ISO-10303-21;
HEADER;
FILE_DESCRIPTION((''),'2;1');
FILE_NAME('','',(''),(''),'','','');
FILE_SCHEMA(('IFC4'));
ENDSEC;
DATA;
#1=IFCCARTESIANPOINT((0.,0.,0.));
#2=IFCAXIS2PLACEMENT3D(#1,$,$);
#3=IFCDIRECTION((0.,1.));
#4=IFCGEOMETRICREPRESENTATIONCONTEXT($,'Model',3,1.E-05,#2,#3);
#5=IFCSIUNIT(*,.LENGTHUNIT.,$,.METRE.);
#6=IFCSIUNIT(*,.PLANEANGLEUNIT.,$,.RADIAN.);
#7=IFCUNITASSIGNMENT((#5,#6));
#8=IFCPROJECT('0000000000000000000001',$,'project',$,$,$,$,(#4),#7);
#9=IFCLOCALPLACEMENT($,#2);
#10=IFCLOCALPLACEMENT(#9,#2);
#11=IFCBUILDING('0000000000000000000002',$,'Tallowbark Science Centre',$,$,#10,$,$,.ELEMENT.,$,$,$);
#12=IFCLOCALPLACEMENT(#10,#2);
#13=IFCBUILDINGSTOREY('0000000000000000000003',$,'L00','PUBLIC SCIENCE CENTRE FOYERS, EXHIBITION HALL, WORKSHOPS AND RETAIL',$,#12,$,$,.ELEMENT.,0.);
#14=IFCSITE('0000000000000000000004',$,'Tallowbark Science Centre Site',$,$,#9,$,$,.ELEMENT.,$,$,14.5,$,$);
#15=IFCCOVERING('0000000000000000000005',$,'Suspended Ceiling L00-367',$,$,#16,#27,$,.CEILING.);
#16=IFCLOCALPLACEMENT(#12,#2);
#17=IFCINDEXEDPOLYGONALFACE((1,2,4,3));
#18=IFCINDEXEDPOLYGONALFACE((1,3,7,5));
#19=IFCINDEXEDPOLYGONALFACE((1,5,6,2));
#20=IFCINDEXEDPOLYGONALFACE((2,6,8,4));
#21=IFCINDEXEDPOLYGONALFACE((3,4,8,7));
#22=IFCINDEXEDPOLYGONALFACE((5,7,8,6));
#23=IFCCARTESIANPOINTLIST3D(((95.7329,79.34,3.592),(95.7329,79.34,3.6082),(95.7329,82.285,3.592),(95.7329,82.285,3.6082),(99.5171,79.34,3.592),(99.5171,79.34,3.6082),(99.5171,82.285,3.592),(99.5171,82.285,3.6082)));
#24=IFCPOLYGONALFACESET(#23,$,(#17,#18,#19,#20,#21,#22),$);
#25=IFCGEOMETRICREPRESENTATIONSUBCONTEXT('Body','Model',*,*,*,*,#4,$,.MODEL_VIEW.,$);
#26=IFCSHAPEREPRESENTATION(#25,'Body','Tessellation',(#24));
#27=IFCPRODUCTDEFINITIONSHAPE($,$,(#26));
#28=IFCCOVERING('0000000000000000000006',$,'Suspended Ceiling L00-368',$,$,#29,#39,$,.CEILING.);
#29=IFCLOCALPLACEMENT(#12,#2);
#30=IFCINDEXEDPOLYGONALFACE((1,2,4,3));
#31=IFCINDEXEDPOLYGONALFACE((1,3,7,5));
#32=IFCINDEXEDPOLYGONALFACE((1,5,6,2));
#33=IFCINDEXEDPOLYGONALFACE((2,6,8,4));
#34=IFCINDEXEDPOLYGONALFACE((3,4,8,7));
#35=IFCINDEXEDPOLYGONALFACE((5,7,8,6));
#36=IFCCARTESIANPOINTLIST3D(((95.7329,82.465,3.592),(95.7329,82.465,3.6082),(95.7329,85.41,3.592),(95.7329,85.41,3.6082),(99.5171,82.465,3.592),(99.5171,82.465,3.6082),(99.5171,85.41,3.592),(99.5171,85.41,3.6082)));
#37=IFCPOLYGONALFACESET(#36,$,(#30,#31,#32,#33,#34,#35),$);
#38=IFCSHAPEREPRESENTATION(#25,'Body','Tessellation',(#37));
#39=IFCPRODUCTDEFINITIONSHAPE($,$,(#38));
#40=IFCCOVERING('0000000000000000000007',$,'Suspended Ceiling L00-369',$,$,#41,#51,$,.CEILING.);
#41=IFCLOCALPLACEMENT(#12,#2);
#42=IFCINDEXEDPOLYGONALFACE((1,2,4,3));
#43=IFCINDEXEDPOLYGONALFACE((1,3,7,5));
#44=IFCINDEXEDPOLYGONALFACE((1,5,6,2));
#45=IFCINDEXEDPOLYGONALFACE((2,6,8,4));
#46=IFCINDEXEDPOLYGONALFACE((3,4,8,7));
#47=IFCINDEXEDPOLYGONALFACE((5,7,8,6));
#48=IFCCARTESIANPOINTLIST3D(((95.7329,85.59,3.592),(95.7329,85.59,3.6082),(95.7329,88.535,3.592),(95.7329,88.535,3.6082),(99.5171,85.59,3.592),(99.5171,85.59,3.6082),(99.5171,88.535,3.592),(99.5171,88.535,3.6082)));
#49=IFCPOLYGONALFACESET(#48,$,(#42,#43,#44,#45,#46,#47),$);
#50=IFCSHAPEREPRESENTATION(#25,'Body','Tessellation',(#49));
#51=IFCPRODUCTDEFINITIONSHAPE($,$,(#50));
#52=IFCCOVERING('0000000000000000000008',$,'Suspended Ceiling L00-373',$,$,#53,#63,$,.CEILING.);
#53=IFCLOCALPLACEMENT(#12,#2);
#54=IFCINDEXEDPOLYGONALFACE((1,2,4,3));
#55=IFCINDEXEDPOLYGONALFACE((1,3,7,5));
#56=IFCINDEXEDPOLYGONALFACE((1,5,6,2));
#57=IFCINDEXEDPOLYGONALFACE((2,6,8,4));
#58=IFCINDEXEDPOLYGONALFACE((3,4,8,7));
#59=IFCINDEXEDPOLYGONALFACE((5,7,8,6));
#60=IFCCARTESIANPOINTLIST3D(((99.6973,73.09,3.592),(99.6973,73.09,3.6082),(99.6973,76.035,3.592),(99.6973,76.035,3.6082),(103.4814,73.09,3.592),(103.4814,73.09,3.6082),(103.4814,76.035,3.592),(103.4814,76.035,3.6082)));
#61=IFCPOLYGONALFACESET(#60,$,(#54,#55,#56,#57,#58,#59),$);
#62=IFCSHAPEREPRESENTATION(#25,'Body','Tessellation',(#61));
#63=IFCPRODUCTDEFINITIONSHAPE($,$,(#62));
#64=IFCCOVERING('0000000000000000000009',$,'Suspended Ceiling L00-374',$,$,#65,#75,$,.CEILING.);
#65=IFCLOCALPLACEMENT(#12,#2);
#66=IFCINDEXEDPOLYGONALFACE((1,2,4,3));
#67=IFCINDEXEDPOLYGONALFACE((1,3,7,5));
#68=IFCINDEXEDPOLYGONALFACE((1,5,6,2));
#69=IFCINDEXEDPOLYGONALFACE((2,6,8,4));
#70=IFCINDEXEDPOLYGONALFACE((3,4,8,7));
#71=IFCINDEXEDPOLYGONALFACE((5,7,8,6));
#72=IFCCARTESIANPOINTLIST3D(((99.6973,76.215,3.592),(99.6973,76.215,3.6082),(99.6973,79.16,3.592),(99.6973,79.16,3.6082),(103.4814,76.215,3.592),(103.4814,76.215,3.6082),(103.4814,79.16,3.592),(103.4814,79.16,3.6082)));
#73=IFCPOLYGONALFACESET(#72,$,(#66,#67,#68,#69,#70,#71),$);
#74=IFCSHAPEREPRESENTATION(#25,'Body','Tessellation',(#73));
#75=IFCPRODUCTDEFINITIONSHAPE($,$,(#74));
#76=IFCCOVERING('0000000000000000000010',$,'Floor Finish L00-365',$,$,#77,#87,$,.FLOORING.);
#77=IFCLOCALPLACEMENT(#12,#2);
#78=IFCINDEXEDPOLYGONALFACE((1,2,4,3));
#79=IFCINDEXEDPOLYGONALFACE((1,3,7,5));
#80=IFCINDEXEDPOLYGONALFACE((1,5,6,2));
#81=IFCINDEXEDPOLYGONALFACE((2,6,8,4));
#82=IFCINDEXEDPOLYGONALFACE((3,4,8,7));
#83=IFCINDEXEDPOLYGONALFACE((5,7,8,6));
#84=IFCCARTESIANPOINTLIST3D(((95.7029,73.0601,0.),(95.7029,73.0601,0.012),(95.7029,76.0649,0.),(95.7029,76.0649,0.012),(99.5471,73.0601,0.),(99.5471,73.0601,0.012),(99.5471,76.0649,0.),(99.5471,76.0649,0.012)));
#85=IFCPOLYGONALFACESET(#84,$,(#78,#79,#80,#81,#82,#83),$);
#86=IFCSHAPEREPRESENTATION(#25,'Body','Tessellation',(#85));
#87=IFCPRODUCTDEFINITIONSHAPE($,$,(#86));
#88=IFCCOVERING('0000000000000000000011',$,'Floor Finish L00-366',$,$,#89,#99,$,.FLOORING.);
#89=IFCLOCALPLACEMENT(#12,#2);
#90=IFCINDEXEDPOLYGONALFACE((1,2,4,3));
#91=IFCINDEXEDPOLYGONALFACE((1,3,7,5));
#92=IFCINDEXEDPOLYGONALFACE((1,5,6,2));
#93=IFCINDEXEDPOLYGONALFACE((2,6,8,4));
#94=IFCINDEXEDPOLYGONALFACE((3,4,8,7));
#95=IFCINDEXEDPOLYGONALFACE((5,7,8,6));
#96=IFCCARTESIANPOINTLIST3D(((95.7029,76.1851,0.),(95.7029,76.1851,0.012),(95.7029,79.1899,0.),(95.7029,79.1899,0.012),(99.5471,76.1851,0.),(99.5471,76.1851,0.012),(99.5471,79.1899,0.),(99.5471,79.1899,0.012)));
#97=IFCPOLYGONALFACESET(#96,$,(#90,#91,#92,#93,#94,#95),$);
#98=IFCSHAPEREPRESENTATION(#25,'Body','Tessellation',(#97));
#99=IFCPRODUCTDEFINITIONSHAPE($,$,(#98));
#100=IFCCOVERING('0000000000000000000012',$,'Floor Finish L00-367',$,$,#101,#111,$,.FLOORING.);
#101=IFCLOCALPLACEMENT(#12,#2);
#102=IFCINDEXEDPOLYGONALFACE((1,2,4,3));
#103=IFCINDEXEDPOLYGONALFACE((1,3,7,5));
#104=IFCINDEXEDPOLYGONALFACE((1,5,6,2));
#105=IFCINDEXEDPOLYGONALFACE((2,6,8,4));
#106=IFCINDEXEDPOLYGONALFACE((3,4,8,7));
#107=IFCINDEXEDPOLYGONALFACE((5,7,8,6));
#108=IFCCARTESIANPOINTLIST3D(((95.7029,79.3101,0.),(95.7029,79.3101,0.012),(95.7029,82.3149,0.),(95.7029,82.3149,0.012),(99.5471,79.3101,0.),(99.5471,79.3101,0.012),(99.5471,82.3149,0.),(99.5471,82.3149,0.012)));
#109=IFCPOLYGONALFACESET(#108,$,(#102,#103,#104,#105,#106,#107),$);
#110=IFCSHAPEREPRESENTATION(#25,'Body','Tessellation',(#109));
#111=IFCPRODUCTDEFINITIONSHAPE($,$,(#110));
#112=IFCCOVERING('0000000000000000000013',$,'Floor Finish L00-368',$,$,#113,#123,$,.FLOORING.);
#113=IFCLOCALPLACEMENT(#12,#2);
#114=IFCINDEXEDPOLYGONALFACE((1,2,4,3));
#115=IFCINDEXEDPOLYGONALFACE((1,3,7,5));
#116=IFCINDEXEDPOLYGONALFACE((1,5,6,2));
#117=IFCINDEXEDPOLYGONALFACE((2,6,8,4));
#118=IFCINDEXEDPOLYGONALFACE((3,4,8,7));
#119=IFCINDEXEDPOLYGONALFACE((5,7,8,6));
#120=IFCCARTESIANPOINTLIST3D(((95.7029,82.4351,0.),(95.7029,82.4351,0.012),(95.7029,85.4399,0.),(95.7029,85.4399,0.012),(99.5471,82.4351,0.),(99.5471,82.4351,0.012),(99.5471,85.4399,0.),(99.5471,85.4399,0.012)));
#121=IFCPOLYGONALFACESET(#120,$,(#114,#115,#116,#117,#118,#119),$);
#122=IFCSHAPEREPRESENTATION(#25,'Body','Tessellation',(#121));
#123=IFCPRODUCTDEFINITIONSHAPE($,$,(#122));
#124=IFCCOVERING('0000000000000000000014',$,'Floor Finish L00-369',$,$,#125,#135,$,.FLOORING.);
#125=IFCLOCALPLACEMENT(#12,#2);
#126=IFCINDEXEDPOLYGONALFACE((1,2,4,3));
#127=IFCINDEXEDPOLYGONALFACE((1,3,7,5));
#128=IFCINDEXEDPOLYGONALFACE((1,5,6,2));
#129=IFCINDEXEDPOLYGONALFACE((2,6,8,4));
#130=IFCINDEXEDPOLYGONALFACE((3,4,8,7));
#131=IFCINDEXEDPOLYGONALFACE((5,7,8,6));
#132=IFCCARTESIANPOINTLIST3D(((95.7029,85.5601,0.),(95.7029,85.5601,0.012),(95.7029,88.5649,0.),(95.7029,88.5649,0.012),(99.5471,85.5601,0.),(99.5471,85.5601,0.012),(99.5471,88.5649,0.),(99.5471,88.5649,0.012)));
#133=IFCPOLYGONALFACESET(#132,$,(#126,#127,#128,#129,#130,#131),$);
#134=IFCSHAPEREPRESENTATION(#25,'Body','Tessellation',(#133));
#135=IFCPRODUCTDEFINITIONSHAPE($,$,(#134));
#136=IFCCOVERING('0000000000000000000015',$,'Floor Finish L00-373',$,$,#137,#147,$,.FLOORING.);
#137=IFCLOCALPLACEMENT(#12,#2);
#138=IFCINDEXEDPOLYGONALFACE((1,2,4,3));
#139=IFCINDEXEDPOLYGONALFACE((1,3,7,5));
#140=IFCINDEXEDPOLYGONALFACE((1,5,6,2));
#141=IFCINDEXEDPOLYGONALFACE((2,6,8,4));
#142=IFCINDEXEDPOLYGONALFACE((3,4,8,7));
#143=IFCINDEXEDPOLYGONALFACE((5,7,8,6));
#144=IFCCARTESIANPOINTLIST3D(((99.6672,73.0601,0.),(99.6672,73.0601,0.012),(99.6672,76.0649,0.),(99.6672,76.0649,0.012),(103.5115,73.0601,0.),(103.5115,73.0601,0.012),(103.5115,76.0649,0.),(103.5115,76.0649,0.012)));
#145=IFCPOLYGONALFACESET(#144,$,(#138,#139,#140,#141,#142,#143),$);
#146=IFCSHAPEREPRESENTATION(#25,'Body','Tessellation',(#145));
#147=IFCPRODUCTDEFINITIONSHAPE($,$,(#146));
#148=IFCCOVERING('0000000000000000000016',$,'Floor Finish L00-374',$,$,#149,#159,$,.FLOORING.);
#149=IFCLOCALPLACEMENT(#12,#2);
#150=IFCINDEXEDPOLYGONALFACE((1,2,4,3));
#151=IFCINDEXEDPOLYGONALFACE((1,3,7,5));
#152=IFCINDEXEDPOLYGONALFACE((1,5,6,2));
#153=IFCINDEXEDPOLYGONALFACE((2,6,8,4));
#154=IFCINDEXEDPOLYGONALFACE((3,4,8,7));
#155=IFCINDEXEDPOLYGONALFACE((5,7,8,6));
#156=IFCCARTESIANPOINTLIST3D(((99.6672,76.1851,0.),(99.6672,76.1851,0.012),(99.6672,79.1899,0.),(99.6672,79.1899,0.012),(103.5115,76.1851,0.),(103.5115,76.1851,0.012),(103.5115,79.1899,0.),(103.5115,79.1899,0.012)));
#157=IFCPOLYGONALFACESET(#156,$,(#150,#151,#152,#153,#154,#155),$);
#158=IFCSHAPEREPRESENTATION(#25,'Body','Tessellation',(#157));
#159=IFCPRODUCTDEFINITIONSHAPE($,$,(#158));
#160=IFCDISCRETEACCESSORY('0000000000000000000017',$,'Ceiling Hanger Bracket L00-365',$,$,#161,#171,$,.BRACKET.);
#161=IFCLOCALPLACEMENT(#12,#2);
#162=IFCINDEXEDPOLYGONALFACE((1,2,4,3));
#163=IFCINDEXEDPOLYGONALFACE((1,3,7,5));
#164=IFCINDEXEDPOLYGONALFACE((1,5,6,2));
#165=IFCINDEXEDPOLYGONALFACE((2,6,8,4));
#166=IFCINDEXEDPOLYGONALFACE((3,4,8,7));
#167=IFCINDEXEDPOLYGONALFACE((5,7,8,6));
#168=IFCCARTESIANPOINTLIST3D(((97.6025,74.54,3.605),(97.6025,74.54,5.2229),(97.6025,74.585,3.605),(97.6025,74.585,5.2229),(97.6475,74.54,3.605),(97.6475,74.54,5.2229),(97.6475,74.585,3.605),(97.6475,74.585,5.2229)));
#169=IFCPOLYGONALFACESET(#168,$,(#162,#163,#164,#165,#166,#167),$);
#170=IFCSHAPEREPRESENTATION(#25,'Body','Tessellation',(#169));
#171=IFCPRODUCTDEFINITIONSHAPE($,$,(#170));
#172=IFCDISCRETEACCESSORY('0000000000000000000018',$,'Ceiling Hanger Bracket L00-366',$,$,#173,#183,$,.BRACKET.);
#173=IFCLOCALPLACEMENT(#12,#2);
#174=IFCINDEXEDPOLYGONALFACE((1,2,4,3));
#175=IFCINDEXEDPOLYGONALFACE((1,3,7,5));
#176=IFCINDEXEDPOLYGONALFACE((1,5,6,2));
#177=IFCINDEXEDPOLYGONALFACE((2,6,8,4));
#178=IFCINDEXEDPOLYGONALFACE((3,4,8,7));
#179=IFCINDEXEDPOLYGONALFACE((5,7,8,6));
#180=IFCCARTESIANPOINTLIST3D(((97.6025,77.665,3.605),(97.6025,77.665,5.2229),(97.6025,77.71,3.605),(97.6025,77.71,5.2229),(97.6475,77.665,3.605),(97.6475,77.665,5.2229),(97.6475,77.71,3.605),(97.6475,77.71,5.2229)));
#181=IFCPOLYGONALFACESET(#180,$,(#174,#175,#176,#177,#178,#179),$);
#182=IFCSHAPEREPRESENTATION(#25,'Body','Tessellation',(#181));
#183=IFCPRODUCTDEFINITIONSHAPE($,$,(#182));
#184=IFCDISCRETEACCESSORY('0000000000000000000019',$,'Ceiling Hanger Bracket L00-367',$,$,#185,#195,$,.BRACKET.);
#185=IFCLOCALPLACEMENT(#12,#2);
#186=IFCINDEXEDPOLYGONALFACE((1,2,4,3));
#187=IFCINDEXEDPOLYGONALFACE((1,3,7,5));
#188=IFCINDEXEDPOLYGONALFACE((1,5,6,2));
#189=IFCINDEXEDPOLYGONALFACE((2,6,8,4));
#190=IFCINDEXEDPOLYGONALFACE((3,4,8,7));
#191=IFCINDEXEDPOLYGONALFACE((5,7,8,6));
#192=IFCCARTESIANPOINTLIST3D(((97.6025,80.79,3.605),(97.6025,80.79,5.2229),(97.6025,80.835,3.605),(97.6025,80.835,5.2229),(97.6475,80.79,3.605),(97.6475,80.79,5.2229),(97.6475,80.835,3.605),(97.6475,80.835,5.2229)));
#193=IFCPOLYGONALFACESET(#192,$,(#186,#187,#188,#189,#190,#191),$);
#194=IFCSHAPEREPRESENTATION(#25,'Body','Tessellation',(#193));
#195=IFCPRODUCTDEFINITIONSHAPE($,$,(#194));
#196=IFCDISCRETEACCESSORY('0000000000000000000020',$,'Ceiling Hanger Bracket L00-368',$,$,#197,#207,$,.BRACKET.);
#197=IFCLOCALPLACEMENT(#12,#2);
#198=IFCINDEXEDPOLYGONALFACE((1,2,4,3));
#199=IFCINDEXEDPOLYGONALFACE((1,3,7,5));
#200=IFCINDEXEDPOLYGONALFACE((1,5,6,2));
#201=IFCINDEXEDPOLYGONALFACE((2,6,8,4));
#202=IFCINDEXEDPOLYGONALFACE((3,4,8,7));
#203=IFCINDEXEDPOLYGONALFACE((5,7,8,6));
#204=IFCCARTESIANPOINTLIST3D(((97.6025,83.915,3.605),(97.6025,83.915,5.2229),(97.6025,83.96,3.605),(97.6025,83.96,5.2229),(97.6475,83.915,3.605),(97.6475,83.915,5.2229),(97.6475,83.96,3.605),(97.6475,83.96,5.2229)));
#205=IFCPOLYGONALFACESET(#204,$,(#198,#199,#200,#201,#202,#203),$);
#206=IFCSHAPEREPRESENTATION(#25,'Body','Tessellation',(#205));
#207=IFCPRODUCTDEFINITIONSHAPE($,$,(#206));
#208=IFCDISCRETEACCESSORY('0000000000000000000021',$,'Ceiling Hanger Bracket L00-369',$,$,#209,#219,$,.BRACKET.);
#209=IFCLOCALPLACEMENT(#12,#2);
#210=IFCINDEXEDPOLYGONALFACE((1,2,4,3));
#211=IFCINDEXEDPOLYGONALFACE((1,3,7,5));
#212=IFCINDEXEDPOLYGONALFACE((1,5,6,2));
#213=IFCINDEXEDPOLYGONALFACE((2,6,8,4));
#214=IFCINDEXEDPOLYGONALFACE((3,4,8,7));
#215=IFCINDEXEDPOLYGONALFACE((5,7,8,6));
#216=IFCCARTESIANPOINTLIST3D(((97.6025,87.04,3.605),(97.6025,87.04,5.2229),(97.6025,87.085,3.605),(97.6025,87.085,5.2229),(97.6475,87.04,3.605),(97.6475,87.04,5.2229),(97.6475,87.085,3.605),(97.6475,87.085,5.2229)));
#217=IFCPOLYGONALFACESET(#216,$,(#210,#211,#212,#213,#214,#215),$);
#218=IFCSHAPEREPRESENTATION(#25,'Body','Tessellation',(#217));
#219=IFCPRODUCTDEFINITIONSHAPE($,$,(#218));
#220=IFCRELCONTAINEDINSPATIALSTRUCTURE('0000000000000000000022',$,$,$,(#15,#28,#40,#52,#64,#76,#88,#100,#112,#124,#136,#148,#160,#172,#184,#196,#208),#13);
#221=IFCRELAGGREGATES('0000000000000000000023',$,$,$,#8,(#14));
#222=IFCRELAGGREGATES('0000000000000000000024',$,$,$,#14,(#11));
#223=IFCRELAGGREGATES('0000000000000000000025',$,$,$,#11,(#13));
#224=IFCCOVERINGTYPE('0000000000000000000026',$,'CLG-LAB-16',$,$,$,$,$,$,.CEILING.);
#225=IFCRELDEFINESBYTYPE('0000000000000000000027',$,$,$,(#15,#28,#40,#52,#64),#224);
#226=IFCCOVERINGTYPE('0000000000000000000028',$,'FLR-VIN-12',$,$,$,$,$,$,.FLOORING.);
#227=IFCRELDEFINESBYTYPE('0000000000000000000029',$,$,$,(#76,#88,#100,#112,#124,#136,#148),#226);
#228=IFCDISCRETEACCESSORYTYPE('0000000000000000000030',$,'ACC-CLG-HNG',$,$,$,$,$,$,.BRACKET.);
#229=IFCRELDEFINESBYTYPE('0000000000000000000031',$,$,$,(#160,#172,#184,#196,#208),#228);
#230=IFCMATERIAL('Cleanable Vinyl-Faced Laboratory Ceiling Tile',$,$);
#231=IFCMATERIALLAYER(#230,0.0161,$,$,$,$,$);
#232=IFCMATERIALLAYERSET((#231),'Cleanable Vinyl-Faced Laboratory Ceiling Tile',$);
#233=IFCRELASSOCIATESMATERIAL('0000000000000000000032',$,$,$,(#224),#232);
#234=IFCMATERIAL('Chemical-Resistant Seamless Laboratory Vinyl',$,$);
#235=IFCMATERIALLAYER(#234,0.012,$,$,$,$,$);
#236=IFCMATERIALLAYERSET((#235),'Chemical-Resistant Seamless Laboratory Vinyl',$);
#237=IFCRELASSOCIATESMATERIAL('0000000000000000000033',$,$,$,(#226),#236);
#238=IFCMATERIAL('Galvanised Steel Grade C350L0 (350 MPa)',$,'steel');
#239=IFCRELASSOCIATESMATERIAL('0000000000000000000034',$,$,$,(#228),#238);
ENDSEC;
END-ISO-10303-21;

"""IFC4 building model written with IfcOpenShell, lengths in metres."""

from ifc_helpers import new_model, si_unit, direction, frame, origin, origin_2d, place, context, subcontext, project, spatial, rectangle, extrude, material, layer, layer_set, type_object, element, save


model = new_model("IFC4")

# Units and contexts
model_context = context("Model", 3, precision=1e-05, world=origin(), true_north=direction((0.0, 1.0)))
body_context = subcontext(model_context, "Body", "Model", "MODEL_VIEW")
ifc_project = project(units=[si_unit("LENGTHUNIT", "METRE"), si_unit("PLANEANGLEUNIT", "RADIAN")], contexts=[model_context])

# Site, building, storey
site_placement = place(None, origin())
site = spatial("IfcSite", under=ifc_project, at=site_placement, Name="Tallowbark Science Centre Site", CompositionType="ELEMENT", RefElevation=14.5)
building_placement = place(site_placement, origin())
building = spatial("IfcBuilding", under=site, at=building_placement, Name="Tallowbark Science Centre", CompositionType="ELEMENT")
storey_placement = place(building_placement, origin())
storey = spatial("IfcBuildingStorey", under=building, at=storey_placement, Name="L00", Description="PUBLIC SCIENCE CENTRE FOYERS, EXHIBITION HALL, WORKSHOPS AND RETAIL", CompositionType="ELEMENT", Elevation=0.0)

# Coverings
ifc_material_1 = material(Name="Cleanable Vinyl-Faced Laboratory Ceiling Tile")
ifc_layer_1 = layer(ifc_material_1, 0.0161)
ifc_layer_set_1 = layer_set([ifc_layer_1], Name="Cleanable Vinyl-Faced Laboratory Ceiling Tile")
covering_type_1 = type_object("IfcCoveringType", Name="CLG-LAB-16", PredefinedType="CEILING", material=ifc_layer_set_1)
for number, where, z_axis, x_axis, name in (
    (1, (97.625, 80.8125, 3.592), (0.0, 0.0, 1.0), (1.0, 0.0, 0.0), "Suspended Ceiling L00-367"),
    (2, (97.625, 83.9375, 3.592), (0.0, 0.0, 1.0), (1.0, 0.0, 0.0), "Suspended Ceiling L00-368"),
    (3, (97.625, 87.0625, 3.592), (0.0, 0.0, 1.0), (1.0, 0.0, 0.0), "Suspended Ceiling L00-369"),
    (4, (101.5894, 74.5625, 3.592), (0.0, 0.0, 1.0), (1.0, 0.0, 0.0), "Suspended Ceiling L00-373"),
    (5, (101.5894, 77.6875, 3.592), (0.0, 0.0, 1.0), (1.0, 0.0, 0.0), "Suspended Ceiling L00-374"),
):
    element("IfcCovering", number, at=place(storey_placement, frame(where, z_axis=z_axis, x_axis=x_axis)), inside=storey, type_object=covering_type_1, Name=name, PredefinedType="CEILING", context=body_context, shape_type="SweptSolid", body=[
        extrude(rectangle(XDim=3.7842, YDim=2.9451, at=origin_2d()), origin(), (0.0, 0.0, 1.0), 0.0161),
    ])
ifc_material_2 = material(Name="Chemical-Resistant Seamless Laboratory Vinyl")
ifc_layer_2 = layer(ifc_material_2, 0.012)
ifc_layer_set_2 = layer_set([ifc_layer_2], Name="Chemical-Resistant Seamless Laboratory Vinyl")
covering_type_2 = type_object("IfcCoveringType", Name="FLR-VIN-12", PredefinedType="FLOORING", material=ifc_layer_set_2)
for number, where, z_axis, x_axis, name in (
    (6, (97.625, 74.5625, 0.0), (0.0, 0.0, 1.0), (1.0, 0.0, 0.0), "Floor Finish L00-365"),
    (7, (97.625, 77.6875, 0.0), (0.0, 0.0, 1.0), (1.0, 0.0, 0.0), "Floor Finish L00-366"),
    (8, (97.625, 80.8125, 0.0), (0.0, 0.0, 1.0), (1.0, 0.0, 0.0), "Floor Finish L00-367"),
    (9, (97.625, 83.9375, 0.0), (0.0, 0.0, 1.0), (1.0, 0.0, 0.0), "Floor Finish L00-368"),
    (10, (97.625, 87.0625, 0.0), (0.0, 0.0, 1.0), (1.0, 0.0, 0.0), "Floor Finish L00-369"),
    (11, (101.5894, 74.5625, 0.0), (0.0, 0.0, 1.0), (1.0, 0.0, 0.0), "Floor Finish L00-373"),
    (12, (101.5894, 77.6875, 0.0), (0.0, 0.0, 1.0), (1.0, 0.0, 0.0), "Floor Finish L00-374"),
):
    element("IfcCovering", number, at=place(storey_placement, frame(where, z_axis=z_axis, x_axis=x_axis)), inside=storey, type_object=covering_type_2, Name=name, PredefinedType="FLOORING", context=body_context, shape_type="SweptSolid", body=[
        extrude(rectangle(XDim=3.8442, YDim=3.0049, at=origin_2d()), origin(), (0.0, 0.0, 1.0), 0.012),
    ])

# Discrete accessories
ifc_material_3 = material(Name="Galvanised Steel Grade C350L0 (350 MPa)", Category="steel")
discrete_accessory_type = type_object("IfcDiscreteAccessoryType", Name="ACC-CLG-HNG", PredefinedType="BRACKET", material=ifc_material_3)
for number, where, z_axis, x_axis, name in (
    (13, (97.625, 74.5625, 3.605), (0.0, 0.0, 1.0), (1.0, 0.0, 0.0), "Ceiling Hanger Bracket L00-365"),
    (14, (97.625, 77.6875, 3.605), (0.0, 0.0, 1.0), (1.0, 0.0, 0.0), "Ceiling Hanger Bracket L00-366"),
    (15, (97.625, 80.8125, 3.605), (0.0, 0.0, 1.0), (1.0, 0.0, 0.0), "Ceiling Hanger Bracket L00-367"),
    (16, (97.625, 83.9375, 3.605), (0.0, 0.0, 1.0), (1.0, 0.0, 0.0), "Ceiling Hanger Bracket L00-368"),
    (17, (97.625, 87.0625, 3.605), (0.0, 0.0, 1.0), (1.0, 0.0, 0.0), "Ceiling Hanger Bracket L00-369"),
):
    element("IfcDiscreteAccessory", number, at=place(storey_placement, frame(where, z_axis=z_axis, x_axis=x_axis)), inside=storey, type_object=discrete_accessory_type, Name=name, PredefinedType="BRACKET", context=body_context, shape_type="SweptSolid", body=[
        extrude(rectangle(XDim=0.0449, YDim=0.0449, at=origin_2d()), origin(), (0.0, 0.0, 1.0), 1.6179),
    ])

save(model, "model.ifc")
